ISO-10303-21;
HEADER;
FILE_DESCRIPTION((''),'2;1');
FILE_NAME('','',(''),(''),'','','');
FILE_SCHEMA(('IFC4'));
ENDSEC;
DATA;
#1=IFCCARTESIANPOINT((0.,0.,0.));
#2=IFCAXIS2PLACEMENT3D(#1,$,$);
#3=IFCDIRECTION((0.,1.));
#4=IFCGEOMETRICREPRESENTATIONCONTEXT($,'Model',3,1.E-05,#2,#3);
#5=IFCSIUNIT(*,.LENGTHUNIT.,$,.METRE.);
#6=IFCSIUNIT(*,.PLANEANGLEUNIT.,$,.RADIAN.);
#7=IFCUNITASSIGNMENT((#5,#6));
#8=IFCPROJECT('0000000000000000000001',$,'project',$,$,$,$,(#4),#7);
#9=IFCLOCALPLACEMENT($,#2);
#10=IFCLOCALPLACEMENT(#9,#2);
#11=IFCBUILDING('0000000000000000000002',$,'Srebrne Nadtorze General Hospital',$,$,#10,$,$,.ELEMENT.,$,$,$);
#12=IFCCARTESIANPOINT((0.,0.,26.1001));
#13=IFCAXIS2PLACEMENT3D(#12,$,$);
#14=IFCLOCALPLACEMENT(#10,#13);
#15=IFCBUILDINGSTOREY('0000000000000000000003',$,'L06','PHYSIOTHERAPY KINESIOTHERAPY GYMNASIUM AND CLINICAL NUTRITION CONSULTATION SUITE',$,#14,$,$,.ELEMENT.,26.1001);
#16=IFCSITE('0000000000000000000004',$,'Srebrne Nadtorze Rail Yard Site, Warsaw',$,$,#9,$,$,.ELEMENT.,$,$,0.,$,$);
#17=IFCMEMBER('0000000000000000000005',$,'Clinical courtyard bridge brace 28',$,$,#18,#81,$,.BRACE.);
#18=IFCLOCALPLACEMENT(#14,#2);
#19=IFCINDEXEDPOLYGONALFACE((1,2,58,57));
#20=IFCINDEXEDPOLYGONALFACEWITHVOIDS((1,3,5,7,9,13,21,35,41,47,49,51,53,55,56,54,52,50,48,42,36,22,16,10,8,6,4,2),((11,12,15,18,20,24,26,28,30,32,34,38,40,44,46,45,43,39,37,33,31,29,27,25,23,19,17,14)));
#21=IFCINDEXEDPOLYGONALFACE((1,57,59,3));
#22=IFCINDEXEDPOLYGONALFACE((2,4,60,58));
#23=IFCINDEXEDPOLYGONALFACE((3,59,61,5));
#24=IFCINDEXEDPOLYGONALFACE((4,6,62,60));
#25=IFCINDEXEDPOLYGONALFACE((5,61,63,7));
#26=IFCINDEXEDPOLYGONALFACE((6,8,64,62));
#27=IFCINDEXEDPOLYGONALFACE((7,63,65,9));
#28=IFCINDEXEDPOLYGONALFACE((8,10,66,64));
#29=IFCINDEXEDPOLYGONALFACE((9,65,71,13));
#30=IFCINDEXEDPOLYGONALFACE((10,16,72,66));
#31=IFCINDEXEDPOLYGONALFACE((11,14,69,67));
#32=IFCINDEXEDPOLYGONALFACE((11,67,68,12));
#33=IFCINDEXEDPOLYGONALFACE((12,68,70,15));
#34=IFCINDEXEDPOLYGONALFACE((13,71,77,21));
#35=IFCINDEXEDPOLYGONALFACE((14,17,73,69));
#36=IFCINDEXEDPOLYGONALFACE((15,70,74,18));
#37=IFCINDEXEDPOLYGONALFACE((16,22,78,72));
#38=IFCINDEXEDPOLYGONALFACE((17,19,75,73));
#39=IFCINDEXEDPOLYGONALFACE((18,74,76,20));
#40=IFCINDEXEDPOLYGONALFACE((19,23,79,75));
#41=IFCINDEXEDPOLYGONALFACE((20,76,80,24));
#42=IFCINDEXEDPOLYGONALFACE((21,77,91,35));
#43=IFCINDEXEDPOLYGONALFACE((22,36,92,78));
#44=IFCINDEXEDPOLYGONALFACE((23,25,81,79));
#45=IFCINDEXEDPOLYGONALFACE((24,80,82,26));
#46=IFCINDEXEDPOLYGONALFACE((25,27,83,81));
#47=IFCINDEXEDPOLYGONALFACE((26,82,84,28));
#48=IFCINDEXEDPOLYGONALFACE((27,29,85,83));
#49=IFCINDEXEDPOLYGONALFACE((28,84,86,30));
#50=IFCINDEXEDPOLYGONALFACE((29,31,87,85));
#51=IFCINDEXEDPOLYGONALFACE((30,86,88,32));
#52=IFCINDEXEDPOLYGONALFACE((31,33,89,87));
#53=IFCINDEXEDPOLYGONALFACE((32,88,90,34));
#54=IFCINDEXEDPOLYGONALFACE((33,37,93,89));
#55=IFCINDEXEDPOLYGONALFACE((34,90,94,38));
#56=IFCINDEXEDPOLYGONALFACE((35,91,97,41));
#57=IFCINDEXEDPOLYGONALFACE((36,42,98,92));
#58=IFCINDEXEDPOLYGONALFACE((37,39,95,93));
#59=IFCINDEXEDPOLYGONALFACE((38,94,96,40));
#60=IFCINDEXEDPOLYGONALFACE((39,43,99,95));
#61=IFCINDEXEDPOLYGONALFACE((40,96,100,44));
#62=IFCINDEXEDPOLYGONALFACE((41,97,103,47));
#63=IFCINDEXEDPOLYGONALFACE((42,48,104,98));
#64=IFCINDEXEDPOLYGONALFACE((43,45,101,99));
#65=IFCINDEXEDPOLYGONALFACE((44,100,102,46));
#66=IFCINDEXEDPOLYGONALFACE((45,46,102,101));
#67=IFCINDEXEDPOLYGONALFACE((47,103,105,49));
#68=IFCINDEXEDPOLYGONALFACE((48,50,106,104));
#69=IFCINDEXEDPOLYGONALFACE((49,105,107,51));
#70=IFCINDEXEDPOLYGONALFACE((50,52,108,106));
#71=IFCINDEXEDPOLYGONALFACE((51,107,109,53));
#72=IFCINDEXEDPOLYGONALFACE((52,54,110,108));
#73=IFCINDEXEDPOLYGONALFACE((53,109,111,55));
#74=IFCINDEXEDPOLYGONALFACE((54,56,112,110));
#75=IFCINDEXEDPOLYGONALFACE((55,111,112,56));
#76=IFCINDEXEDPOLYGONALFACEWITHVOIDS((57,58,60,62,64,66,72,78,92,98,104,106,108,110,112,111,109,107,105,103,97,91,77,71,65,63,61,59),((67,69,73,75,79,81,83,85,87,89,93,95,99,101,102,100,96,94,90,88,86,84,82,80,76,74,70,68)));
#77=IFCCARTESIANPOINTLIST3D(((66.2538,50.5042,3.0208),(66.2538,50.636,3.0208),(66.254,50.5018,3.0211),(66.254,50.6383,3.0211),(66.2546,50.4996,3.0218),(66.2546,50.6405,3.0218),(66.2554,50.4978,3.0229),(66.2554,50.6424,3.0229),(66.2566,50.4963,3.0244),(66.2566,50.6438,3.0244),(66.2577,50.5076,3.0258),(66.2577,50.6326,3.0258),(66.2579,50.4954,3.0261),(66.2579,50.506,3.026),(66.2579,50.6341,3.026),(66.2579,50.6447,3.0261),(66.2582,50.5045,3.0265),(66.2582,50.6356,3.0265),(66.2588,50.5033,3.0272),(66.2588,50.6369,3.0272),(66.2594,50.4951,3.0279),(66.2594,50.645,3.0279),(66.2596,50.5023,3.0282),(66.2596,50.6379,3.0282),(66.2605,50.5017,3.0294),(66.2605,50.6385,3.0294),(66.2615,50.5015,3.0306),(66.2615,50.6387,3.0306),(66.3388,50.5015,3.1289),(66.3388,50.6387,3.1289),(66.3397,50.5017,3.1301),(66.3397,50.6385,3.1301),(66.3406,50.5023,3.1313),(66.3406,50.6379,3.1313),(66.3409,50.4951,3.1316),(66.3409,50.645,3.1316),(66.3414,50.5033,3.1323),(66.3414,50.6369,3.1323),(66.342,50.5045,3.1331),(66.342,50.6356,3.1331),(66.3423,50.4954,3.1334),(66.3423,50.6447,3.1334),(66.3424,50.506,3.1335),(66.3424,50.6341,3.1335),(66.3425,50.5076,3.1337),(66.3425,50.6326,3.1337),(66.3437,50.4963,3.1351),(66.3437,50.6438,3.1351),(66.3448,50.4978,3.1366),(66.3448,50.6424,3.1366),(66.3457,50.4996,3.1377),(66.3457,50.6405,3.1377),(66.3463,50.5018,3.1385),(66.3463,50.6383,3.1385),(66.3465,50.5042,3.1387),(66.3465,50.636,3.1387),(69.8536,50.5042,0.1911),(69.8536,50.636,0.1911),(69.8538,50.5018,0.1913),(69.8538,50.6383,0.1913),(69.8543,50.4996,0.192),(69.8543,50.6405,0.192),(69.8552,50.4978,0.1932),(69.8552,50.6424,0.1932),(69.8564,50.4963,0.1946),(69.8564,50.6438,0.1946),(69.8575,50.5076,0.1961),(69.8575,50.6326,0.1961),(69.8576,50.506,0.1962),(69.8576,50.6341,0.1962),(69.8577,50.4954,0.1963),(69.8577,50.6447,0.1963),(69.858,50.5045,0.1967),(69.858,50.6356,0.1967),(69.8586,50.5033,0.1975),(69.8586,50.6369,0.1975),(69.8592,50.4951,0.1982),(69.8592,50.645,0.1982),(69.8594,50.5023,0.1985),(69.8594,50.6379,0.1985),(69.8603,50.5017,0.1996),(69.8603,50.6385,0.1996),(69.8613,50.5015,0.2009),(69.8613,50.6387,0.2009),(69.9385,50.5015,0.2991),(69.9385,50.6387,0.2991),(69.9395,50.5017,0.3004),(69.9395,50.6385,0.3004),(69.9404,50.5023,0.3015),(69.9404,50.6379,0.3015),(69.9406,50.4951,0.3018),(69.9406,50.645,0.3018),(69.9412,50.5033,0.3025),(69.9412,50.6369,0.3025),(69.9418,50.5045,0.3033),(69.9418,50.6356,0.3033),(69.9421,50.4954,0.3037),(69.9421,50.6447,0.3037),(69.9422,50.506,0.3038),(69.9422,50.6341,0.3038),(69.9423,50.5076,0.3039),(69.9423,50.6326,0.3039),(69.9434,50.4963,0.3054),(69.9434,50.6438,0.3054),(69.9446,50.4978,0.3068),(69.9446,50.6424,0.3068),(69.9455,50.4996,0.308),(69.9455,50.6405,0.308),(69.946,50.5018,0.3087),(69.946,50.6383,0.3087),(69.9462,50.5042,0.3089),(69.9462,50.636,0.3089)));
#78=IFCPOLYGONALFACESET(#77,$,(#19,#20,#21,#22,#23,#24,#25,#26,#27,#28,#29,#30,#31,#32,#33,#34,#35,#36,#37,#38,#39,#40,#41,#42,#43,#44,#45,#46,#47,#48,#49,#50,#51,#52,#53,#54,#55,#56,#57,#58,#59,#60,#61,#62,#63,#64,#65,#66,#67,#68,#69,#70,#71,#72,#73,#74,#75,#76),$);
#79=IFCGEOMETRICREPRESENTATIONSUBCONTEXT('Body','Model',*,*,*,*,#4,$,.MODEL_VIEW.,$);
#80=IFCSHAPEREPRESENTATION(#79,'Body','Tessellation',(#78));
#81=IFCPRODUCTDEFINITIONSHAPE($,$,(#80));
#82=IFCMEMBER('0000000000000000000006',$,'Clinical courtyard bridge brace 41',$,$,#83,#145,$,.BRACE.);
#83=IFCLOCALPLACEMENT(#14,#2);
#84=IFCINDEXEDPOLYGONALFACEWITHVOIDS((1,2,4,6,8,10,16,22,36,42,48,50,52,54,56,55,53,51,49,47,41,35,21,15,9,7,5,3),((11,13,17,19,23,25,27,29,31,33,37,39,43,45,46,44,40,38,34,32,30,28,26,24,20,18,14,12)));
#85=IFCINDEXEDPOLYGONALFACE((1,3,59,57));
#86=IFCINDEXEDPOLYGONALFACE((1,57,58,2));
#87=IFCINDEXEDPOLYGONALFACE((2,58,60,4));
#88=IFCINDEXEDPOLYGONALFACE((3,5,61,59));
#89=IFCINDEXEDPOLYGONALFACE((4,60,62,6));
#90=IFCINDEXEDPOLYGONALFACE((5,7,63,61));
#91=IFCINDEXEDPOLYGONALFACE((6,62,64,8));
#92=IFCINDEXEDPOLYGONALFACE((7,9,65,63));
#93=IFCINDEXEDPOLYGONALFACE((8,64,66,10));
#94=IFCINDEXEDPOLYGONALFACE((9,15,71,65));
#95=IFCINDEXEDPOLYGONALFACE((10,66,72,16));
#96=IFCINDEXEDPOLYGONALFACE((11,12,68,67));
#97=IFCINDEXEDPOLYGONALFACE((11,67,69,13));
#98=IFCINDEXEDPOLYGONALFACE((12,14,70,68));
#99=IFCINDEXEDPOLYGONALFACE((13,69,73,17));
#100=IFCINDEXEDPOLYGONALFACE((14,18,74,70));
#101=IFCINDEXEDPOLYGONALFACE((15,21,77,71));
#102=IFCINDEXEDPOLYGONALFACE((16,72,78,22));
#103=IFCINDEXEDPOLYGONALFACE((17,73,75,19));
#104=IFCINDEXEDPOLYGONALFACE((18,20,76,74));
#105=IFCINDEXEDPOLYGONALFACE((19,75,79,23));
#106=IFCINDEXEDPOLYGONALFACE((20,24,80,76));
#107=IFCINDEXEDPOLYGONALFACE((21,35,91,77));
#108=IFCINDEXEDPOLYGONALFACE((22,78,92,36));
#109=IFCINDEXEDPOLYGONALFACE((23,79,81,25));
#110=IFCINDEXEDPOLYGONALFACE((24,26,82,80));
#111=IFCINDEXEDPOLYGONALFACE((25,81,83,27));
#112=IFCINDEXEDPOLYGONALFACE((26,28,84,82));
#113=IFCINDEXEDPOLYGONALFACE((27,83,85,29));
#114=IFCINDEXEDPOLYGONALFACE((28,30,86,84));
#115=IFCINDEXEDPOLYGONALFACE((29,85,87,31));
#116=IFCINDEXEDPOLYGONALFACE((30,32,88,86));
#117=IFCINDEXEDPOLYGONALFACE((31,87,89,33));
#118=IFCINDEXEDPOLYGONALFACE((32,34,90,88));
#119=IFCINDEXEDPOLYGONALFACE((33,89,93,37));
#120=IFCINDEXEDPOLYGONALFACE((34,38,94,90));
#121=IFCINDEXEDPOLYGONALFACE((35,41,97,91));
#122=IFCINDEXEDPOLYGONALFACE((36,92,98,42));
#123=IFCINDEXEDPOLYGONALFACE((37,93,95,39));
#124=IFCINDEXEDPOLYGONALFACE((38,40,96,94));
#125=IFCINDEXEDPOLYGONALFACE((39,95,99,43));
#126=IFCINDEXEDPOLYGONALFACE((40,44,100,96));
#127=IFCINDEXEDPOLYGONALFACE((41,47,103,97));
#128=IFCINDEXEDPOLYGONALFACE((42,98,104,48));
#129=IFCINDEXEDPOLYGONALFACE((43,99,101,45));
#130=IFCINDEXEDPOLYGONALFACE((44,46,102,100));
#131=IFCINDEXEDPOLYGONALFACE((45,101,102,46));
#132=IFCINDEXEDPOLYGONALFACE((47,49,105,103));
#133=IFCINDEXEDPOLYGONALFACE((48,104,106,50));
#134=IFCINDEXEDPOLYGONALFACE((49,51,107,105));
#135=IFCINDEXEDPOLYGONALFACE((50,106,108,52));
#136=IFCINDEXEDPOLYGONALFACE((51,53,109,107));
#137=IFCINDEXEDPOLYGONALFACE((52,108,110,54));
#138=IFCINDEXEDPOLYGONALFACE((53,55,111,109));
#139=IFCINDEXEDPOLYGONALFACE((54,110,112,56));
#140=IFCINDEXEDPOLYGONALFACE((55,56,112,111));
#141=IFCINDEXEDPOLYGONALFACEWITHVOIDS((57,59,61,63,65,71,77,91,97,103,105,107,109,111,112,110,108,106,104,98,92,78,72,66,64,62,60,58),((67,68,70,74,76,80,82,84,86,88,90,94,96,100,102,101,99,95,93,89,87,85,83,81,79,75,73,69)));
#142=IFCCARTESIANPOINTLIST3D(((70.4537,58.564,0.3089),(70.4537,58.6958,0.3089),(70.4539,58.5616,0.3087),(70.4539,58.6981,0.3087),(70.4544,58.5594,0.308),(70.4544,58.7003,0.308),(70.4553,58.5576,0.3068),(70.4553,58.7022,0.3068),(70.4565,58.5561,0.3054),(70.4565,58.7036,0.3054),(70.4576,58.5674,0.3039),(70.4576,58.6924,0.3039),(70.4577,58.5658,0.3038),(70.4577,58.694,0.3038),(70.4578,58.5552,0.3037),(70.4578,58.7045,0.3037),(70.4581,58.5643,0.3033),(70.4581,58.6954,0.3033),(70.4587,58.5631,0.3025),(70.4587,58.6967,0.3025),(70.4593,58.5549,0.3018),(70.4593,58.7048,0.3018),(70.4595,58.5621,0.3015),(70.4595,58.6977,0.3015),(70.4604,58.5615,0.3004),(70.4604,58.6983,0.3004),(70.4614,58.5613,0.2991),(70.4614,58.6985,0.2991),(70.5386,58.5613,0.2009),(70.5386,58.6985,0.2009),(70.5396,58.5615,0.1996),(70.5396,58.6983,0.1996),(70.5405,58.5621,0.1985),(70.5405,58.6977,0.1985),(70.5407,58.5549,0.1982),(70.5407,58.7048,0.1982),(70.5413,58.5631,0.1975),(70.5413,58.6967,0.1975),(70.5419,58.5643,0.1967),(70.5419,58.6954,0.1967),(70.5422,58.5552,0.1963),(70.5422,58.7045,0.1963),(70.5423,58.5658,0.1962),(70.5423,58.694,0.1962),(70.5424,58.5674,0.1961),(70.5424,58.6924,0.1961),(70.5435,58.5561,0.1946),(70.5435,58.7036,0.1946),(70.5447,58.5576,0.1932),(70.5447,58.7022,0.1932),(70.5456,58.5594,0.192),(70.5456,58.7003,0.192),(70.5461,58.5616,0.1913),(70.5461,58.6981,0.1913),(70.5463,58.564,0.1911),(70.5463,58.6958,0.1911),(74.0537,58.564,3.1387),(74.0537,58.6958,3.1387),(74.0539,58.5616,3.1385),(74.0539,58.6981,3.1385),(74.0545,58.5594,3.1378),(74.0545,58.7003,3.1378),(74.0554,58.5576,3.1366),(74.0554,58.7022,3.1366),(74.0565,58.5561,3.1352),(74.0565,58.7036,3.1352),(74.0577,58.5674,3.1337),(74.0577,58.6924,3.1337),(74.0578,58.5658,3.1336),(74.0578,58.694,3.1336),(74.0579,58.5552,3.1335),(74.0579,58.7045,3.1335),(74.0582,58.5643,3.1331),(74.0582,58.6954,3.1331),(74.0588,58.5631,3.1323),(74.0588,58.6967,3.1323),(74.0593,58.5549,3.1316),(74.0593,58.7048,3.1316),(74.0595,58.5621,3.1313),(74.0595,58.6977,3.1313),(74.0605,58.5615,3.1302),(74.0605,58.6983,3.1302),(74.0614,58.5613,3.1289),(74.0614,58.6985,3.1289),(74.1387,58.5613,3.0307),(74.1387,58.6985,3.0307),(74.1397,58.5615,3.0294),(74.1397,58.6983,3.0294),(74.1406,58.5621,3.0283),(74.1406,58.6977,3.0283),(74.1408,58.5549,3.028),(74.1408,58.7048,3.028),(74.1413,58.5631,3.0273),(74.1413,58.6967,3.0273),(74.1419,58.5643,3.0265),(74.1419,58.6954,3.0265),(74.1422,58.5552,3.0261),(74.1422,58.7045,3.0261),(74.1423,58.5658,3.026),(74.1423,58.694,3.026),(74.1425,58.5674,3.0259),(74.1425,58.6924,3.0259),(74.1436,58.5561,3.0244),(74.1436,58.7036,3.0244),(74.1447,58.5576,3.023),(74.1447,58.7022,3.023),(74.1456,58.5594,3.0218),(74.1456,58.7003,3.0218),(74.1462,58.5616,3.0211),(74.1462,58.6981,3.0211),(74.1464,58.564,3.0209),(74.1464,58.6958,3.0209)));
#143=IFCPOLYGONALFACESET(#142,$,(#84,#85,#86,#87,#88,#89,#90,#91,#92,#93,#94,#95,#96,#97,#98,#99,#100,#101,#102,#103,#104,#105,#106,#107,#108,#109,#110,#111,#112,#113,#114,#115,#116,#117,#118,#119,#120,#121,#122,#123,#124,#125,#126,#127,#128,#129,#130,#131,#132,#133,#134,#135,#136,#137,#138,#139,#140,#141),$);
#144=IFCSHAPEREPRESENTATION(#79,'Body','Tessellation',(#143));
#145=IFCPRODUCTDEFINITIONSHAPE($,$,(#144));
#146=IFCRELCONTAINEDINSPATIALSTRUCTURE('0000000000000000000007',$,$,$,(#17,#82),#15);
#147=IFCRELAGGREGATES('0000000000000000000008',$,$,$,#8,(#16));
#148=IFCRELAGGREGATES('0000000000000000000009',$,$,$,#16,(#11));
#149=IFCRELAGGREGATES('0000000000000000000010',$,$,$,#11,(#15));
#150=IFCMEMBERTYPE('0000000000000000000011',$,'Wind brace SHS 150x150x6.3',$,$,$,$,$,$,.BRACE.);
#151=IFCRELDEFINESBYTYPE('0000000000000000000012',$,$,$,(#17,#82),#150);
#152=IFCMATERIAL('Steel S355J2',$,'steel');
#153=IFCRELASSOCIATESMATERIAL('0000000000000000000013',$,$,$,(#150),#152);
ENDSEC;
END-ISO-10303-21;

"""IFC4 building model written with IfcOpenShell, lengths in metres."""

from ifc_helpers import new_model, si_unit, direction, frame, origin, origin_2d, place, context, subcontext, project, spatial, hollow_rectangle, extrude, material, material_profile, profile_set, type_object, element, save


model = new_model("IFC4")

# Units and contexts
model_context = context("Model", 3, precision=1e-05, world=origin(), true_north=direction((0.0, 1.0)))
body_context = subcontext(model_context, "Body", "Model", "MODEL_VIEW")
ifc_project = project(units=[si_unit("LENGTHUNIT", "METRE"), si_unit("PLANEANGLEUNIT", "RADIAN")], contexts=[model_context])

# Site, building, storey
site_placement = place(None, origin())
site = spatial("IfcSite", under=ifc_project, at=site_placement, Name="Srebrne Nadtorze Rail Yard Site, Warsaw", CompositionType="ELEMENT", RefElevation=0.0)
building_placement = place(site_placement, origin())
building = spatial("IfcBuilding", under=site, at=building_placement, Name="Srebrne Nadtorze General Hospital", CompositionType="ELEMENT")
storey_placement = place(building_placement, frame((0.0, 0.0, 26.1001)))
storey = spatial("IfcBuildingStorey", under=building, at=storey_placement, Name="L06", Description="PHYSIOTHERAPY KINESIOTHERAPY GYMNASIUM AND CLINICAL NUTRITION CONSULTATION SUITE", CompositionType="ELEMENT", Elevation=26.1001)

# Members
ifc_material_1 = material(Name="Steel S355J2", Category="steel")
ifc_material_profile_1 = material_profile(ifc_material_1, hollow_rectangle(XDim=0.1499, YDim=0.1499, WallThickness=0.0063, InnerFilletRadius=0.0061, OuterFilletRadius=0.009, at=origin_2d()), Name="SHS-150x150x6.3")
ifc_profile_set_1 = profile_set([ifc_material_profile_1], Name="Steel S355J2")
member_type_1 = type_object("IfcMemberType", Name="Wind brace SHS 150x150x6.3", PredefinedType="BRACE", material=ifc_profile_set_1)
member_1_placement = place(storey_placement, frame((69.8999, 50.5701, 0.25), z_axis=(-0.786172, 0.0, 0.618008), x_axis=(0.0, -1.0, 0.0)))
element("IfcMember", 1, at=member_1_placement, inside=storey, type_object=member_type_1, Name="Clinical courtyard bridge brace 28", PredefinedType="BRACE", context=body_context, shape_type="SweptSolid", body=[
    extrude(hollow_rectangle(XDim=0.1499, YDim=0.1499, WallThickness=0.0063, InnerFilletRadius=0.0061, OuterFilletRadius=0.009, at=origin_2d()), origin(), (0.0, 0.0, 1.0), 4.5789),
])
member_2_placement = place(storey_placement, frame((70.5, 58.6299, 0.25), z_axis=(0.786193, 0.0, 0.617982), x_axis=(0.0, 1.0, 0.0)))
element("IfcMember", 2, at=member_2_placement, inside=storey, type_object=member_type_1, Name="Clinical courtyard bridge brace 41", PredefinedType="BRACE", context=body_context, shape_type="SweptSolid", body=[
    extrude(hollow_rectangle(XDim=0.1499, YDim=0.1499, WallThickness=0.0063, InnerFilletRadius=0.0061, OuterFilletRadius=0.009, at=origin_2d()), origin(), (0.0, 0.0, 1.0), 4.5791),
])

save(model, "model.ifc")
